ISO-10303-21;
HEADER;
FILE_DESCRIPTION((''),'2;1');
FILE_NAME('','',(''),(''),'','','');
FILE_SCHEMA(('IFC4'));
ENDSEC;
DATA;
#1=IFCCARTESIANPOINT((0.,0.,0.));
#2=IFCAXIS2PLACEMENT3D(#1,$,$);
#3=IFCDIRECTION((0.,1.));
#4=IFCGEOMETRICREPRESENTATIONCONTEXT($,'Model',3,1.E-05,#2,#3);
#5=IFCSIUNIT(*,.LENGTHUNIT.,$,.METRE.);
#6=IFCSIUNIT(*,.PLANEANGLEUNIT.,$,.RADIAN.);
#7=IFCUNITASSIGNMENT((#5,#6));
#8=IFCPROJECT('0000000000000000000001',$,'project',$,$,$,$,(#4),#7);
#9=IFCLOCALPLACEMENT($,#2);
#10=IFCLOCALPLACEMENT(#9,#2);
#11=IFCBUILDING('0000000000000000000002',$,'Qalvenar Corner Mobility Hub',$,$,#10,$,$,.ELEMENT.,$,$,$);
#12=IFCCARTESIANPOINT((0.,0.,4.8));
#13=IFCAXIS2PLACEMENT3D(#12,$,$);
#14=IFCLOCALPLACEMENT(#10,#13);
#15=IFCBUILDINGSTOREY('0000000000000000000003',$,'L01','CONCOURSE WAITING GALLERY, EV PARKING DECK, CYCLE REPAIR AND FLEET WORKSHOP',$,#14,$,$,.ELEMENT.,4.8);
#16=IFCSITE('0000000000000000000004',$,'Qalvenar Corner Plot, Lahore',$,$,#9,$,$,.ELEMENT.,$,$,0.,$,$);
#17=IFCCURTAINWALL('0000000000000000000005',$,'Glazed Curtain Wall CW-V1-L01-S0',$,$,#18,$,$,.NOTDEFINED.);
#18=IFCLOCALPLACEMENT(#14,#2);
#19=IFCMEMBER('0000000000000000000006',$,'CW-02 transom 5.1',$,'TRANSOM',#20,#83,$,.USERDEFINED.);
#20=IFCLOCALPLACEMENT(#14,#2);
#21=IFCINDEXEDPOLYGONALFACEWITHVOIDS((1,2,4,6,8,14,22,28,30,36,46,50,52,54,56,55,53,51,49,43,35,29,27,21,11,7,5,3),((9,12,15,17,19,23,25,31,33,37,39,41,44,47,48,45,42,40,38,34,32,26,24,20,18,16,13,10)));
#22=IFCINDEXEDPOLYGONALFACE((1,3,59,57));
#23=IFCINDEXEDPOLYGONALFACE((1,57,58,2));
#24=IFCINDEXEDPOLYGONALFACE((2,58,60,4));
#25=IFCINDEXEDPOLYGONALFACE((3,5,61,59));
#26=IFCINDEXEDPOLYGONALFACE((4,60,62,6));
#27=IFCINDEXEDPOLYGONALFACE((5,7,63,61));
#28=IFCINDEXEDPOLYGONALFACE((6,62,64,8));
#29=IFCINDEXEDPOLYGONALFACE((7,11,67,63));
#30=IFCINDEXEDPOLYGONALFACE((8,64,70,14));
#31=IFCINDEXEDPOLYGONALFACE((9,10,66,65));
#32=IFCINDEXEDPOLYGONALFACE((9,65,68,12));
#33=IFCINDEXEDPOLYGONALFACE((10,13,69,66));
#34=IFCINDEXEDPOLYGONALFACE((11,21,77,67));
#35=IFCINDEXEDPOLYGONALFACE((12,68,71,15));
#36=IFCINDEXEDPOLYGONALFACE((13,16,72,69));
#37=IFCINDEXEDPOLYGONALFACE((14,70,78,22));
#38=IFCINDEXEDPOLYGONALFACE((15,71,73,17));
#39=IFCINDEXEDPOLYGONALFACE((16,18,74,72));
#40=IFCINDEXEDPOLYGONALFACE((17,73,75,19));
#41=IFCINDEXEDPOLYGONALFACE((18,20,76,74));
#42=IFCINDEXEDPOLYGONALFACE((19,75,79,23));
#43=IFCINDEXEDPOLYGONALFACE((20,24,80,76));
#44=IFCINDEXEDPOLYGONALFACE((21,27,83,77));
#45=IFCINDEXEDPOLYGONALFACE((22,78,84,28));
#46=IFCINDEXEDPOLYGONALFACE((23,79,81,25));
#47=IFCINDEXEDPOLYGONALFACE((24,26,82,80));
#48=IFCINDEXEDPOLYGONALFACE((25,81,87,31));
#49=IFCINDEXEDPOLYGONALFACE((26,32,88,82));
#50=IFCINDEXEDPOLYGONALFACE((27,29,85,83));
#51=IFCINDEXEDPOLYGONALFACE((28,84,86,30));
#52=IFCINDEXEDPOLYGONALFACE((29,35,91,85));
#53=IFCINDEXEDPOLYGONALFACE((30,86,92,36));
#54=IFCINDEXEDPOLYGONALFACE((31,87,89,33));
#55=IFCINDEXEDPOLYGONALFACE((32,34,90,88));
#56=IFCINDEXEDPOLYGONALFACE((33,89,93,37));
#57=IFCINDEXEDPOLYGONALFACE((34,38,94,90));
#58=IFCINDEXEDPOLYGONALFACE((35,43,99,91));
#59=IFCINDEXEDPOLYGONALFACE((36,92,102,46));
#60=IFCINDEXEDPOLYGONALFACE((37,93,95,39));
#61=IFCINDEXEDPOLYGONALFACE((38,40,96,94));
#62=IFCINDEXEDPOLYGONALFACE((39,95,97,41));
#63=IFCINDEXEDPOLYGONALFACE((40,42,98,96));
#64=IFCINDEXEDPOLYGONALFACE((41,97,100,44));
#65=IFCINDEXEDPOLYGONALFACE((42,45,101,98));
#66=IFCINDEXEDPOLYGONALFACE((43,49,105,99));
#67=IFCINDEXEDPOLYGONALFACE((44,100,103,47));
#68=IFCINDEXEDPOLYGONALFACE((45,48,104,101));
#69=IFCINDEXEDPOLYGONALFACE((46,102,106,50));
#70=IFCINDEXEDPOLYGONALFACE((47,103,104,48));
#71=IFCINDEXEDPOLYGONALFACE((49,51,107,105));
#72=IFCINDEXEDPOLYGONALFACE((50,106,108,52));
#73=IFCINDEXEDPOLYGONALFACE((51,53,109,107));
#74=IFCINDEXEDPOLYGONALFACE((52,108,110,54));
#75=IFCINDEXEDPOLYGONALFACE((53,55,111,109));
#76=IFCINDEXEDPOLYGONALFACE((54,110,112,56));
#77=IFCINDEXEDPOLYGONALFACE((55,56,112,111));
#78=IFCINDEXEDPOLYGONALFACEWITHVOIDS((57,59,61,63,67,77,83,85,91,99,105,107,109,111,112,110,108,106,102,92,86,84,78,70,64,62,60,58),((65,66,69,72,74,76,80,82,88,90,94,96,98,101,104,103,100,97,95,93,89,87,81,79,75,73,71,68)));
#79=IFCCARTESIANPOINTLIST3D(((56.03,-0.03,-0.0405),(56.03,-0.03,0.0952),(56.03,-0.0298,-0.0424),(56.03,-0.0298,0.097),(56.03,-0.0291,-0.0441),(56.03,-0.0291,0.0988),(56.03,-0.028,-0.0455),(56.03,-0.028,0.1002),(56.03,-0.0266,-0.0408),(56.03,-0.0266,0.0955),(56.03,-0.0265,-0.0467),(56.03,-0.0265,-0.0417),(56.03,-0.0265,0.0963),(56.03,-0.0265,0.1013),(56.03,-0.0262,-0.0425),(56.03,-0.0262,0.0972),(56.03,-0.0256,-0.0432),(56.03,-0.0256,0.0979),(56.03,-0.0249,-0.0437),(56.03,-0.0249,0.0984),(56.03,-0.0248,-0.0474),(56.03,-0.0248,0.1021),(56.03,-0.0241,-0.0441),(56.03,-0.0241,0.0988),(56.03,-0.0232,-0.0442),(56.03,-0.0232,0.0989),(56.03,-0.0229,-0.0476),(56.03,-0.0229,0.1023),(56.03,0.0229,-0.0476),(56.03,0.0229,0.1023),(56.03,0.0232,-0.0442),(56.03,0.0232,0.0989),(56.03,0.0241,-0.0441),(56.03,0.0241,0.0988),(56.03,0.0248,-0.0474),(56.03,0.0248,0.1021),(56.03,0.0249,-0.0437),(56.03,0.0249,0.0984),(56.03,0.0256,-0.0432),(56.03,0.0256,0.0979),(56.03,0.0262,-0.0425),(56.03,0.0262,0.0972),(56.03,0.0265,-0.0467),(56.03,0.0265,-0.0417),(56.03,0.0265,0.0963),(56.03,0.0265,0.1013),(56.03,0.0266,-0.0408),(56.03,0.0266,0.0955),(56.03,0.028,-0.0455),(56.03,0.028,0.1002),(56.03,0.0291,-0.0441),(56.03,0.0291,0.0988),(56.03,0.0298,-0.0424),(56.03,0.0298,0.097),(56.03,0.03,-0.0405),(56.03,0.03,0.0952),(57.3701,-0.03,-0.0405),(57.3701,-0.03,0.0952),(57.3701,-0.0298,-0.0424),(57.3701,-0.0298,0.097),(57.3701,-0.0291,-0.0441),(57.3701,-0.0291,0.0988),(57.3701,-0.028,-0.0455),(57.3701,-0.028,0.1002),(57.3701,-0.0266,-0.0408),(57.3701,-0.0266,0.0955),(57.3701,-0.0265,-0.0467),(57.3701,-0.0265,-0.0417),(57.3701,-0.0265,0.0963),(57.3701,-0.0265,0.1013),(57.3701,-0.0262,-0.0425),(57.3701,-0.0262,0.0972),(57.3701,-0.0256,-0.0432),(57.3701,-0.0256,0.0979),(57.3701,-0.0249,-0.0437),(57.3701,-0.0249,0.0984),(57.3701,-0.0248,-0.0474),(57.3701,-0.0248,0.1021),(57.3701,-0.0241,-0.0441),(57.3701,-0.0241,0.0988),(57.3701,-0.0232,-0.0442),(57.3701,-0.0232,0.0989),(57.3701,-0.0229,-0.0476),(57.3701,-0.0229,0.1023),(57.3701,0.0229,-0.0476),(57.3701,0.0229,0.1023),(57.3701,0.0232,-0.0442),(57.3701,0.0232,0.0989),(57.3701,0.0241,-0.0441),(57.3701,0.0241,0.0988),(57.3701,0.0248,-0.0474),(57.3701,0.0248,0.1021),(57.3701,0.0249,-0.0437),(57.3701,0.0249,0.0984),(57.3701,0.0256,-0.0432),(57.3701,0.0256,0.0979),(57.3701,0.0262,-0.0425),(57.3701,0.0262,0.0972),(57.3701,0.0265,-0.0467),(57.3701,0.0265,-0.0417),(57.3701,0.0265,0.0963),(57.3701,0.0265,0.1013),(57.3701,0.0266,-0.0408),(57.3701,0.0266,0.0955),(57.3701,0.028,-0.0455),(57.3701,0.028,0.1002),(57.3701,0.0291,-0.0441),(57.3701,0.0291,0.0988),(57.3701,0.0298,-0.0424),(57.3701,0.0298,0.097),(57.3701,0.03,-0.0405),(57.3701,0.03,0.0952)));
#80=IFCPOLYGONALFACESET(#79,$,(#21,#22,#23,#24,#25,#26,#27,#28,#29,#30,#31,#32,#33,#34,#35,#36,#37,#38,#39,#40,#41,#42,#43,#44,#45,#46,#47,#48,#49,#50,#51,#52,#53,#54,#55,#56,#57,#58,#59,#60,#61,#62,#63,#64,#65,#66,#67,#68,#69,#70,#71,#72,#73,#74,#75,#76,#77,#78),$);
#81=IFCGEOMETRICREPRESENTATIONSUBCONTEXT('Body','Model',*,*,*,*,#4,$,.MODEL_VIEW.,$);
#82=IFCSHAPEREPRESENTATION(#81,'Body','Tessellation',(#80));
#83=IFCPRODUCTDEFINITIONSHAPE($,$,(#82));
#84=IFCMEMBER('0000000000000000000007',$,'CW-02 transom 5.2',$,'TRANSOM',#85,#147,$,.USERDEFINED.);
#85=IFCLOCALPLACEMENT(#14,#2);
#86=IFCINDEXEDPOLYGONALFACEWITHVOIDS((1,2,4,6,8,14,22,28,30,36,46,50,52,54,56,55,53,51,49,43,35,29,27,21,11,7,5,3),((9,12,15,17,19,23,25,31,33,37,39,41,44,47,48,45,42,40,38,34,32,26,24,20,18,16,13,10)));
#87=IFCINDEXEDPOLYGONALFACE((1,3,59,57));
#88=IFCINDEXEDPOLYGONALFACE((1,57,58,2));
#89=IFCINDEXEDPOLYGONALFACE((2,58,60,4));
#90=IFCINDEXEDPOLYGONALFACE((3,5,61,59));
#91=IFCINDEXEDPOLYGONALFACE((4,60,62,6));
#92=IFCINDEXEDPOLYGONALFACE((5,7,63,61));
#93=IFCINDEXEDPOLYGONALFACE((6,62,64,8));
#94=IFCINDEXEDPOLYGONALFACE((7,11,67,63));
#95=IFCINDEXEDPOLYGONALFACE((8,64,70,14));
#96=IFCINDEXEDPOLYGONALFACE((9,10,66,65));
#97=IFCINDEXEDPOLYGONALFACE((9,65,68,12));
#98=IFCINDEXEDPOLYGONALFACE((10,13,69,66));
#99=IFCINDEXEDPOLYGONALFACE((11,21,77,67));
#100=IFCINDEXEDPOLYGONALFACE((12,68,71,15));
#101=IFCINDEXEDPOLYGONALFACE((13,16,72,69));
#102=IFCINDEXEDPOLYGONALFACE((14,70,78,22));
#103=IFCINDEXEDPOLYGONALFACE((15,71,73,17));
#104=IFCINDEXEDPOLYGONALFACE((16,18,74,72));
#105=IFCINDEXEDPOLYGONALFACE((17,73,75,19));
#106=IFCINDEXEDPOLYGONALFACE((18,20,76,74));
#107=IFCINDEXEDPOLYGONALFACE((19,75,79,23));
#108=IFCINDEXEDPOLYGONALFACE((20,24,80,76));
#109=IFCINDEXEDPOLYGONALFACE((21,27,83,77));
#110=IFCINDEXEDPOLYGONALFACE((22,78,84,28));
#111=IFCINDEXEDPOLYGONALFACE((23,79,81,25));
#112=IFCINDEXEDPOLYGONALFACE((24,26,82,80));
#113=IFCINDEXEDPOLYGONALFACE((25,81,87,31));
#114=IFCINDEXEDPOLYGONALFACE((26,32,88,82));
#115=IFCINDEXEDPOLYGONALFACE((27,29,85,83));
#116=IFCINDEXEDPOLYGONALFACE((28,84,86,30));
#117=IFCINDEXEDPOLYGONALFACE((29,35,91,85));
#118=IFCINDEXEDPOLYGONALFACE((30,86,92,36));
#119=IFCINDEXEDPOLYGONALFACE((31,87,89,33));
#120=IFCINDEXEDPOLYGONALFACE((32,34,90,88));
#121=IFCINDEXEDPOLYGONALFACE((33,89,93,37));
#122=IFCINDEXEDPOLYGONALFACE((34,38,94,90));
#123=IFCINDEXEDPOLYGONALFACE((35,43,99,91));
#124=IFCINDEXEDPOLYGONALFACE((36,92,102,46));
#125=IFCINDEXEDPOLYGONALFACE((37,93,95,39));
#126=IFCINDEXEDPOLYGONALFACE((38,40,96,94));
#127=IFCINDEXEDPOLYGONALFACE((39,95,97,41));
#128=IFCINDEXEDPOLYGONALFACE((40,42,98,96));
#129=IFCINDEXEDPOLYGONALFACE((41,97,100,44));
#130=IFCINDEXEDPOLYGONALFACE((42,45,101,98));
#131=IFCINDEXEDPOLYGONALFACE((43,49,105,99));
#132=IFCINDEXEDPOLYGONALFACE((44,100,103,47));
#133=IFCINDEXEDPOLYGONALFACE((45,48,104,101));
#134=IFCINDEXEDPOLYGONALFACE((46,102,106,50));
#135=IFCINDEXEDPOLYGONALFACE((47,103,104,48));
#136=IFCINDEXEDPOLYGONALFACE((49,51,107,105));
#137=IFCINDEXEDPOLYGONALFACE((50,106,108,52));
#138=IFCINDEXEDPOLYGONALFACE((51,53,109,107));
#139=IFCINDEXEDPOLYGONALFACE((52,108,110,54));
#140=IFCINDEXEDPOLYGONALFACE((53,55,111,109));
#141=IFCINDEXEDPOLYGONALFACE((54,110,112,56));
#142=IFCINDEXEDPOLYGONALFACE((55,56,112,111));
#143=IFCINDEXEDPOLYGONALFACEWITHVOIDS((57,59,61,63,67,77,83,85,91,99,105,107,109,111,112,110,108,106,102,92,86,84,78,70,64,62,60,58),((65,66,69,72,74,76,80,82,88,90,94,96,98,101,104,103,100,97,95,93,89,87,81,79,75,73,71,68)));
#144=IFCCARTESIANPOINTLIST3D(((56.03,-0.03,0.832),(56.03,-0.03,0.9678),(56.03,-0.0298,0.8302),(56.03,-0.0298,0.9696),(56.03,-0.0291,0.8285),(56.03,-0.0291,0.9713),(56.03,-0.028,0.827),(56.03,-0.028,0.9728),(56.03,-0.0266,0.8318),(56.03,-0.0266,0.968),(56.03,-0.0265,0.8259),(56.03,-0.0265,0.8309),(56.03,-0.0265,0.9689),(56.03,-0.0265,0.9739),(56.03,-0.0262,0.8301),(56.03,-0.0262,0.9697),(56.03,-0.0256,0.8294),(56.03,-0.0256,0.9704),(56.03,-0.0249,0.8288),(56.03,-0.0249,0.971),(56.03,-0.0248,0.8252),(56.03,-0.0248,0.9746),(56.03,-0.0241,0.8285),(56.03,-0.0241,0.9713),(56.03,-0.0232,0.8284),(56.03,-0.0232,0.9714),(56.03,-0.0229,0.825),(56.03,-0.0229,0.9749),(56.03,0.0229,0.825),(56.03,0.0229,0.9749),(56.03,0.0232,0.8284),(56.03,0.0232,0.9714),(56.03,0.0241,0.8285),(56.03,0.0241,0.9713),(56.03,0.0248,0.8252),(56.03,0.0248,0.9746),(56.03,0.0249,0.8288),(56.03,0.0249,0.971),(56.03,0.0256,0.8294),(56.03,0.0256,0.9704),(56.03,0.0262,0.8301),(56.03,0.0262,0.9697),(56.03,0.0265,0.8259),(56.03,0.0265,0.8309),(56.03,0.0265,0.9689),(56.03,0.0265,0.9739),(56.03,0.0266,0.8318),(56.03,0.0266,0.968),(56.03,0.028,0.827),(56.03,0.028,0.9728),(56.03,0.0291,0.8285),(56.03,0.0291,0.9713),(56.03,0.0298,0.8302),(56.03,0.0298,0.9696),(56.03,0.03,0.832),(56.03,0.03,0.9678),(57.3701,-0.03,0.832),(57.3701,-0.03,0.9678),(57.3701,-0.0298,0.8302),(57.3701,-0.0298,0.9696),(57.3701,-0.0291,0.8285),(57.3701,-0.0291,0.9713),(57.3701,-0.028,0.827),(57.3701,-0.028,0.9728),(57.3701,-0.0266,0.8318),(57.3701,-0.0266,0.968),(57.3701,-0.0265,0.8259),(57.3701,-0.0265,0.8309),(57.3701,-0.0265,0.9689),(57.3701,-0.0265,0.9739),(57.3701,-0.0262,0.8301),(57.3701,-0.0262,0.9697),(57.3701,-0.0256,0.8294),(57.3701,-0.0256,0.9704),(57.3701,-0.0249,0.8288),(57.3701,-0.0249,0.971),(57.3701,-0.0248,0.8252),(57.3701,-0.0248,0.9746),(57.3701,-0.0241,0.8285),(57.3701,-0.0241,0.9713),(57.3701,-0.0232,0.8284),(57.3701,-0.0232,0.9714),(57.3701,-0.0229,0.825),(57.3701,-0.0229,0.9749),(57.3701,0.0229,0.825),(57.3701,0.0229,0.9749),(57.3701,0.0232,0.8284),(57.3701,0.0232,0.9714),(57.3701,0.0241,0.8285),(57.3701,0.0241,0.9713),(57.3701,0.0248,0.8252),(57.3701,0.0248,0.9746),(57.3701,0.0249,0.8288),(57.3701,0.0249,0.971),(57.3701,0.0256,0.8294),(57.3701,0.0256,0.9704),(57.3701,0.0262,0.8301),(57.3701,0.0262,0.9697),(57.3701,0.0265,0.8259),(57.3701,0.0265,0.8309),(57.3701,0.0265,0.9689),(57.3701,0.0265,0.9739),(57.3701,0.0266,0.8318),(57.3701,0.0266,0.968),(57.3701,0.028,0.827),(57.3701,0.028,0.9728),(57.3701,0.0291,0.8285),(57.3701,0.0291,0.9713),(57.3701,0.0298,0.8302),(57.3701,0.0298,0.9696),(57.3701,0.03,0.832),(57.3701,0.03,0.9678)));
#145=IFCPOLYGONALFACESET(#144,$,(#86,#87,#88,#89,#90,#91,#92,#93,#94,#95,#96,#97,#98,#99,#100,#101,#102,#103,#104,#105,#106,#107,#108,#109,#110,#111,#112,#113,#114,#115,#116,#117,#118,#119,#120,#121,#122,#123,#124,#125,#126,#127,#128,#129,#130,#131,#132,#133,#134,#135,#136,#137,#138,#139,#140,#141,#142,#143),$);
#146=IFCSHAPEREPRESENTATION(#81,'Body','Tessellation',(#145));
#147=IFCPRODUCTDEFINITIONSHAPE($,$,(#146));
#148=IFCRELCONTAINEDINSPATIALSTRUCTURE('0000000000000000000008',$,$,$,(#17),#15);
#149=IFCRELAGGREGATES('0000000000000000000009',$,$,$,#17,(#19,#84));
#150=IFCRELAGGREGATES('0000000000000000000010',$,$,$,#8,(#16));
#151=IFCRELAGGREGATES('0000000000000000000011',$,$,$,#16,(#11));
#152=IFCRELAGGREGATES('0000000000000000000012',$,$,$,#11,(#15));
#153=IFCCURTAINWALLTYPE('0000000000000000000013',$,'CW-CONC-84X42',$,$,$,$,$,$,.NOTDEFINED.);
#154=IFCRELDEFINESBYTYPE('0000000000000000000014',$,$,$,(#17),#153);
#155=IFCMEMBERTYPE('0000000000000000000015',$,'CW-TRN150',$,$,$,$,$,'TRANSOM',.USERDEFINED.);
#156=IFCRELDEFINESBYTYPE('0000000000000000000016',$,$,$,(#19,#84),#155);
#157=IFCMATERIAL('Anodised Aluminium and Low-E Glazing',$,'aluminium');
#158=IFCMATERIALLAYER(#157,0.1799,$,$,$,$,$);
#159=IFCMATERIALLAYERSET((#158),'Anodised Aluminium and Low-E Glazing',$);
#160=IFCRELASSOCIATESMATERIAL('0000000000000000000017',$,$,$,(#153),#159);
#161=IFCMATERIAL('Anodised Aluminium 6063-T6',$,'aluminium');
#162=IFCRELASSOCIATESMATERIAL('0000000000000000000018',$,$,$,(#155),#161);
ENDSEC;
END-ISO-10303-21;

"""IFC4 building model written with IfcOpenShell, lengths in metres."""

from ifc_helpers import new_model, si_unit, direction, frame, origin, origin_2d, place, context, subcontext, project, spatial, hollow_rectangle, extrude, material, layer, layer_set, material_profile, profile_set, type_object, element, aggregate, save


model = new_model("IFC4")

# Units and contexts
model_context = context("Model", 3, precision=1e-05, world=origin(), true_north=direction((0.0, 1.0)))
body_context = subcontext(model_context, "Body", "Model", "MODEL_VIEW")
ifc_project = project(units=[si_unit("LENGTHUNIT", "METRE"), si_unit("PLANEANGLEUNIT", "RADIAN")], contexts=[model_context])

# Site, building, storey
site_placement = place(None, origin())
site = spatial("IfcSite", under=ifc_project, at=site_placement, Name="Qalvenar Corner Plot, Lahore", CompositionType="ELEMENT", RefElevation=0.0)
building_placement = place(site_placement, origin())
building = spatial("IfcBuilding", under=site, at=building_placement, Name="Qalvenar Corner Mobility Hub", CompositionType="ELEMENT")
storey_placement = place(building_placement, frame((0.0, 0.0, 4.8)))
storey = spatial("IfcBuildingStorey", under=building, at=storey_placement, Name="L01", Description="CONCOURSE WAITING GALLERY, EV PARKING DECK, CYCLE REPAIR AND FLEET WORKSHOP", CompositionType="ELEMENT", Elevation=4.8)

# Curtain wall, members
ifc_material_1 = material(Name="Anodised Aluminium and Low-E Glazing", Category="aluminium")
ifc_layer_1 = layer(ifc_material_1, 0.1799)
ifc_layer_set_1 = layer_set([ifc_layer_1], Name="Anodised Aluminium and Low-E Glazing")
curtain_wall_type = type_object("IfcCurtainWallType", Name="CW-CONC-84X42", PredefinedType="NOTDEFINED", material=ifc_layer_set_1)
curtain_wall_placement = place(storey_placement, origin())
curtain_wall = element("IfcCurtainWall", 1, at=curtain_wall_placement, inside=storey, type_object=curtain_wall_type, Name="Glazed Curtain Wall CW-V1-L01-S0", PredefinedType="NOTDEFINED")
ifc_material_2 = material(Name="Anodised Aluminium 6063-T6", Category="aluminium")
ifc_material_profile_1 = material_profile(ifc_material_2, hollow_rectangle(XDim=0.0601, YDim=0.1499, WallThickness=0.0034, InnerFilletRadius=0.0034, OuterFilletRadius=0.0071, at=origin_2d()), Name="RHS150x60x3.5")
ifc_profile_set_1 = profile_set([ifc_material_profile_1], Name="Anodised Aluminium 6063-T6")
member_type_1 = type_object("IfcMemberType", Name="CW-TRN150", ElementType="TRANSOM", PredefinedType="USERDEFINED", material=ifc_profile_set_1)
member_1_placement = place(storey_placement, frame((56.03, 0.0, 0.0273), z_axis=(1.0, 0.0, 0.0), x_axis=(0.0, 1.0, 0.0)))
member_1 = element("IfcMember", 2, at=member_1_placement, type_object=member_type_1, Name="CW-02 transom 5.1", ObjectType="TRANSOM", PredefinedType="USERDEFINED", context=body_context, shape_type="SweptSolid", body=[
    extrude(hollow_rectangle(XDim=0.0601, YDim=0.1499, WallThickness=0.0034, InnerFilletRadius=0.0034, OuterFilletRadius=0.0071, at=origin_2d()), origin(), (0.0, 0.0, 1.0), 1.3401),
])
member_2_placement = place(storey_placement, frame((56.03, 0.0, 0.8999), z_axis=(1.0, 0.0, 0.0), x_axis=(0.0, 1.0, 0.0)))
member_2 = element("IfcMember", 3, at=member_2_placement, type_object=member_type_1, Name="CW-02 transom 5.2", ObjectType="TRANSOM", PredefinedType="USERDEFINED", context=body_context, shape_type="SweptSolid", body=[
    extrude(hollow_rectangle(XDim=0.0601, YDim=0.1499, WallThickness=0.0034, InnerFilletRadius=0.0034, OuterFilletRadius=0.0071, at=origin_2d()), origin(), (0.0, 0.0, 1.0), 1.3401),
])
aggregate(curtain_wall, [member_1, member_2])

save(model, "model.ifc")
